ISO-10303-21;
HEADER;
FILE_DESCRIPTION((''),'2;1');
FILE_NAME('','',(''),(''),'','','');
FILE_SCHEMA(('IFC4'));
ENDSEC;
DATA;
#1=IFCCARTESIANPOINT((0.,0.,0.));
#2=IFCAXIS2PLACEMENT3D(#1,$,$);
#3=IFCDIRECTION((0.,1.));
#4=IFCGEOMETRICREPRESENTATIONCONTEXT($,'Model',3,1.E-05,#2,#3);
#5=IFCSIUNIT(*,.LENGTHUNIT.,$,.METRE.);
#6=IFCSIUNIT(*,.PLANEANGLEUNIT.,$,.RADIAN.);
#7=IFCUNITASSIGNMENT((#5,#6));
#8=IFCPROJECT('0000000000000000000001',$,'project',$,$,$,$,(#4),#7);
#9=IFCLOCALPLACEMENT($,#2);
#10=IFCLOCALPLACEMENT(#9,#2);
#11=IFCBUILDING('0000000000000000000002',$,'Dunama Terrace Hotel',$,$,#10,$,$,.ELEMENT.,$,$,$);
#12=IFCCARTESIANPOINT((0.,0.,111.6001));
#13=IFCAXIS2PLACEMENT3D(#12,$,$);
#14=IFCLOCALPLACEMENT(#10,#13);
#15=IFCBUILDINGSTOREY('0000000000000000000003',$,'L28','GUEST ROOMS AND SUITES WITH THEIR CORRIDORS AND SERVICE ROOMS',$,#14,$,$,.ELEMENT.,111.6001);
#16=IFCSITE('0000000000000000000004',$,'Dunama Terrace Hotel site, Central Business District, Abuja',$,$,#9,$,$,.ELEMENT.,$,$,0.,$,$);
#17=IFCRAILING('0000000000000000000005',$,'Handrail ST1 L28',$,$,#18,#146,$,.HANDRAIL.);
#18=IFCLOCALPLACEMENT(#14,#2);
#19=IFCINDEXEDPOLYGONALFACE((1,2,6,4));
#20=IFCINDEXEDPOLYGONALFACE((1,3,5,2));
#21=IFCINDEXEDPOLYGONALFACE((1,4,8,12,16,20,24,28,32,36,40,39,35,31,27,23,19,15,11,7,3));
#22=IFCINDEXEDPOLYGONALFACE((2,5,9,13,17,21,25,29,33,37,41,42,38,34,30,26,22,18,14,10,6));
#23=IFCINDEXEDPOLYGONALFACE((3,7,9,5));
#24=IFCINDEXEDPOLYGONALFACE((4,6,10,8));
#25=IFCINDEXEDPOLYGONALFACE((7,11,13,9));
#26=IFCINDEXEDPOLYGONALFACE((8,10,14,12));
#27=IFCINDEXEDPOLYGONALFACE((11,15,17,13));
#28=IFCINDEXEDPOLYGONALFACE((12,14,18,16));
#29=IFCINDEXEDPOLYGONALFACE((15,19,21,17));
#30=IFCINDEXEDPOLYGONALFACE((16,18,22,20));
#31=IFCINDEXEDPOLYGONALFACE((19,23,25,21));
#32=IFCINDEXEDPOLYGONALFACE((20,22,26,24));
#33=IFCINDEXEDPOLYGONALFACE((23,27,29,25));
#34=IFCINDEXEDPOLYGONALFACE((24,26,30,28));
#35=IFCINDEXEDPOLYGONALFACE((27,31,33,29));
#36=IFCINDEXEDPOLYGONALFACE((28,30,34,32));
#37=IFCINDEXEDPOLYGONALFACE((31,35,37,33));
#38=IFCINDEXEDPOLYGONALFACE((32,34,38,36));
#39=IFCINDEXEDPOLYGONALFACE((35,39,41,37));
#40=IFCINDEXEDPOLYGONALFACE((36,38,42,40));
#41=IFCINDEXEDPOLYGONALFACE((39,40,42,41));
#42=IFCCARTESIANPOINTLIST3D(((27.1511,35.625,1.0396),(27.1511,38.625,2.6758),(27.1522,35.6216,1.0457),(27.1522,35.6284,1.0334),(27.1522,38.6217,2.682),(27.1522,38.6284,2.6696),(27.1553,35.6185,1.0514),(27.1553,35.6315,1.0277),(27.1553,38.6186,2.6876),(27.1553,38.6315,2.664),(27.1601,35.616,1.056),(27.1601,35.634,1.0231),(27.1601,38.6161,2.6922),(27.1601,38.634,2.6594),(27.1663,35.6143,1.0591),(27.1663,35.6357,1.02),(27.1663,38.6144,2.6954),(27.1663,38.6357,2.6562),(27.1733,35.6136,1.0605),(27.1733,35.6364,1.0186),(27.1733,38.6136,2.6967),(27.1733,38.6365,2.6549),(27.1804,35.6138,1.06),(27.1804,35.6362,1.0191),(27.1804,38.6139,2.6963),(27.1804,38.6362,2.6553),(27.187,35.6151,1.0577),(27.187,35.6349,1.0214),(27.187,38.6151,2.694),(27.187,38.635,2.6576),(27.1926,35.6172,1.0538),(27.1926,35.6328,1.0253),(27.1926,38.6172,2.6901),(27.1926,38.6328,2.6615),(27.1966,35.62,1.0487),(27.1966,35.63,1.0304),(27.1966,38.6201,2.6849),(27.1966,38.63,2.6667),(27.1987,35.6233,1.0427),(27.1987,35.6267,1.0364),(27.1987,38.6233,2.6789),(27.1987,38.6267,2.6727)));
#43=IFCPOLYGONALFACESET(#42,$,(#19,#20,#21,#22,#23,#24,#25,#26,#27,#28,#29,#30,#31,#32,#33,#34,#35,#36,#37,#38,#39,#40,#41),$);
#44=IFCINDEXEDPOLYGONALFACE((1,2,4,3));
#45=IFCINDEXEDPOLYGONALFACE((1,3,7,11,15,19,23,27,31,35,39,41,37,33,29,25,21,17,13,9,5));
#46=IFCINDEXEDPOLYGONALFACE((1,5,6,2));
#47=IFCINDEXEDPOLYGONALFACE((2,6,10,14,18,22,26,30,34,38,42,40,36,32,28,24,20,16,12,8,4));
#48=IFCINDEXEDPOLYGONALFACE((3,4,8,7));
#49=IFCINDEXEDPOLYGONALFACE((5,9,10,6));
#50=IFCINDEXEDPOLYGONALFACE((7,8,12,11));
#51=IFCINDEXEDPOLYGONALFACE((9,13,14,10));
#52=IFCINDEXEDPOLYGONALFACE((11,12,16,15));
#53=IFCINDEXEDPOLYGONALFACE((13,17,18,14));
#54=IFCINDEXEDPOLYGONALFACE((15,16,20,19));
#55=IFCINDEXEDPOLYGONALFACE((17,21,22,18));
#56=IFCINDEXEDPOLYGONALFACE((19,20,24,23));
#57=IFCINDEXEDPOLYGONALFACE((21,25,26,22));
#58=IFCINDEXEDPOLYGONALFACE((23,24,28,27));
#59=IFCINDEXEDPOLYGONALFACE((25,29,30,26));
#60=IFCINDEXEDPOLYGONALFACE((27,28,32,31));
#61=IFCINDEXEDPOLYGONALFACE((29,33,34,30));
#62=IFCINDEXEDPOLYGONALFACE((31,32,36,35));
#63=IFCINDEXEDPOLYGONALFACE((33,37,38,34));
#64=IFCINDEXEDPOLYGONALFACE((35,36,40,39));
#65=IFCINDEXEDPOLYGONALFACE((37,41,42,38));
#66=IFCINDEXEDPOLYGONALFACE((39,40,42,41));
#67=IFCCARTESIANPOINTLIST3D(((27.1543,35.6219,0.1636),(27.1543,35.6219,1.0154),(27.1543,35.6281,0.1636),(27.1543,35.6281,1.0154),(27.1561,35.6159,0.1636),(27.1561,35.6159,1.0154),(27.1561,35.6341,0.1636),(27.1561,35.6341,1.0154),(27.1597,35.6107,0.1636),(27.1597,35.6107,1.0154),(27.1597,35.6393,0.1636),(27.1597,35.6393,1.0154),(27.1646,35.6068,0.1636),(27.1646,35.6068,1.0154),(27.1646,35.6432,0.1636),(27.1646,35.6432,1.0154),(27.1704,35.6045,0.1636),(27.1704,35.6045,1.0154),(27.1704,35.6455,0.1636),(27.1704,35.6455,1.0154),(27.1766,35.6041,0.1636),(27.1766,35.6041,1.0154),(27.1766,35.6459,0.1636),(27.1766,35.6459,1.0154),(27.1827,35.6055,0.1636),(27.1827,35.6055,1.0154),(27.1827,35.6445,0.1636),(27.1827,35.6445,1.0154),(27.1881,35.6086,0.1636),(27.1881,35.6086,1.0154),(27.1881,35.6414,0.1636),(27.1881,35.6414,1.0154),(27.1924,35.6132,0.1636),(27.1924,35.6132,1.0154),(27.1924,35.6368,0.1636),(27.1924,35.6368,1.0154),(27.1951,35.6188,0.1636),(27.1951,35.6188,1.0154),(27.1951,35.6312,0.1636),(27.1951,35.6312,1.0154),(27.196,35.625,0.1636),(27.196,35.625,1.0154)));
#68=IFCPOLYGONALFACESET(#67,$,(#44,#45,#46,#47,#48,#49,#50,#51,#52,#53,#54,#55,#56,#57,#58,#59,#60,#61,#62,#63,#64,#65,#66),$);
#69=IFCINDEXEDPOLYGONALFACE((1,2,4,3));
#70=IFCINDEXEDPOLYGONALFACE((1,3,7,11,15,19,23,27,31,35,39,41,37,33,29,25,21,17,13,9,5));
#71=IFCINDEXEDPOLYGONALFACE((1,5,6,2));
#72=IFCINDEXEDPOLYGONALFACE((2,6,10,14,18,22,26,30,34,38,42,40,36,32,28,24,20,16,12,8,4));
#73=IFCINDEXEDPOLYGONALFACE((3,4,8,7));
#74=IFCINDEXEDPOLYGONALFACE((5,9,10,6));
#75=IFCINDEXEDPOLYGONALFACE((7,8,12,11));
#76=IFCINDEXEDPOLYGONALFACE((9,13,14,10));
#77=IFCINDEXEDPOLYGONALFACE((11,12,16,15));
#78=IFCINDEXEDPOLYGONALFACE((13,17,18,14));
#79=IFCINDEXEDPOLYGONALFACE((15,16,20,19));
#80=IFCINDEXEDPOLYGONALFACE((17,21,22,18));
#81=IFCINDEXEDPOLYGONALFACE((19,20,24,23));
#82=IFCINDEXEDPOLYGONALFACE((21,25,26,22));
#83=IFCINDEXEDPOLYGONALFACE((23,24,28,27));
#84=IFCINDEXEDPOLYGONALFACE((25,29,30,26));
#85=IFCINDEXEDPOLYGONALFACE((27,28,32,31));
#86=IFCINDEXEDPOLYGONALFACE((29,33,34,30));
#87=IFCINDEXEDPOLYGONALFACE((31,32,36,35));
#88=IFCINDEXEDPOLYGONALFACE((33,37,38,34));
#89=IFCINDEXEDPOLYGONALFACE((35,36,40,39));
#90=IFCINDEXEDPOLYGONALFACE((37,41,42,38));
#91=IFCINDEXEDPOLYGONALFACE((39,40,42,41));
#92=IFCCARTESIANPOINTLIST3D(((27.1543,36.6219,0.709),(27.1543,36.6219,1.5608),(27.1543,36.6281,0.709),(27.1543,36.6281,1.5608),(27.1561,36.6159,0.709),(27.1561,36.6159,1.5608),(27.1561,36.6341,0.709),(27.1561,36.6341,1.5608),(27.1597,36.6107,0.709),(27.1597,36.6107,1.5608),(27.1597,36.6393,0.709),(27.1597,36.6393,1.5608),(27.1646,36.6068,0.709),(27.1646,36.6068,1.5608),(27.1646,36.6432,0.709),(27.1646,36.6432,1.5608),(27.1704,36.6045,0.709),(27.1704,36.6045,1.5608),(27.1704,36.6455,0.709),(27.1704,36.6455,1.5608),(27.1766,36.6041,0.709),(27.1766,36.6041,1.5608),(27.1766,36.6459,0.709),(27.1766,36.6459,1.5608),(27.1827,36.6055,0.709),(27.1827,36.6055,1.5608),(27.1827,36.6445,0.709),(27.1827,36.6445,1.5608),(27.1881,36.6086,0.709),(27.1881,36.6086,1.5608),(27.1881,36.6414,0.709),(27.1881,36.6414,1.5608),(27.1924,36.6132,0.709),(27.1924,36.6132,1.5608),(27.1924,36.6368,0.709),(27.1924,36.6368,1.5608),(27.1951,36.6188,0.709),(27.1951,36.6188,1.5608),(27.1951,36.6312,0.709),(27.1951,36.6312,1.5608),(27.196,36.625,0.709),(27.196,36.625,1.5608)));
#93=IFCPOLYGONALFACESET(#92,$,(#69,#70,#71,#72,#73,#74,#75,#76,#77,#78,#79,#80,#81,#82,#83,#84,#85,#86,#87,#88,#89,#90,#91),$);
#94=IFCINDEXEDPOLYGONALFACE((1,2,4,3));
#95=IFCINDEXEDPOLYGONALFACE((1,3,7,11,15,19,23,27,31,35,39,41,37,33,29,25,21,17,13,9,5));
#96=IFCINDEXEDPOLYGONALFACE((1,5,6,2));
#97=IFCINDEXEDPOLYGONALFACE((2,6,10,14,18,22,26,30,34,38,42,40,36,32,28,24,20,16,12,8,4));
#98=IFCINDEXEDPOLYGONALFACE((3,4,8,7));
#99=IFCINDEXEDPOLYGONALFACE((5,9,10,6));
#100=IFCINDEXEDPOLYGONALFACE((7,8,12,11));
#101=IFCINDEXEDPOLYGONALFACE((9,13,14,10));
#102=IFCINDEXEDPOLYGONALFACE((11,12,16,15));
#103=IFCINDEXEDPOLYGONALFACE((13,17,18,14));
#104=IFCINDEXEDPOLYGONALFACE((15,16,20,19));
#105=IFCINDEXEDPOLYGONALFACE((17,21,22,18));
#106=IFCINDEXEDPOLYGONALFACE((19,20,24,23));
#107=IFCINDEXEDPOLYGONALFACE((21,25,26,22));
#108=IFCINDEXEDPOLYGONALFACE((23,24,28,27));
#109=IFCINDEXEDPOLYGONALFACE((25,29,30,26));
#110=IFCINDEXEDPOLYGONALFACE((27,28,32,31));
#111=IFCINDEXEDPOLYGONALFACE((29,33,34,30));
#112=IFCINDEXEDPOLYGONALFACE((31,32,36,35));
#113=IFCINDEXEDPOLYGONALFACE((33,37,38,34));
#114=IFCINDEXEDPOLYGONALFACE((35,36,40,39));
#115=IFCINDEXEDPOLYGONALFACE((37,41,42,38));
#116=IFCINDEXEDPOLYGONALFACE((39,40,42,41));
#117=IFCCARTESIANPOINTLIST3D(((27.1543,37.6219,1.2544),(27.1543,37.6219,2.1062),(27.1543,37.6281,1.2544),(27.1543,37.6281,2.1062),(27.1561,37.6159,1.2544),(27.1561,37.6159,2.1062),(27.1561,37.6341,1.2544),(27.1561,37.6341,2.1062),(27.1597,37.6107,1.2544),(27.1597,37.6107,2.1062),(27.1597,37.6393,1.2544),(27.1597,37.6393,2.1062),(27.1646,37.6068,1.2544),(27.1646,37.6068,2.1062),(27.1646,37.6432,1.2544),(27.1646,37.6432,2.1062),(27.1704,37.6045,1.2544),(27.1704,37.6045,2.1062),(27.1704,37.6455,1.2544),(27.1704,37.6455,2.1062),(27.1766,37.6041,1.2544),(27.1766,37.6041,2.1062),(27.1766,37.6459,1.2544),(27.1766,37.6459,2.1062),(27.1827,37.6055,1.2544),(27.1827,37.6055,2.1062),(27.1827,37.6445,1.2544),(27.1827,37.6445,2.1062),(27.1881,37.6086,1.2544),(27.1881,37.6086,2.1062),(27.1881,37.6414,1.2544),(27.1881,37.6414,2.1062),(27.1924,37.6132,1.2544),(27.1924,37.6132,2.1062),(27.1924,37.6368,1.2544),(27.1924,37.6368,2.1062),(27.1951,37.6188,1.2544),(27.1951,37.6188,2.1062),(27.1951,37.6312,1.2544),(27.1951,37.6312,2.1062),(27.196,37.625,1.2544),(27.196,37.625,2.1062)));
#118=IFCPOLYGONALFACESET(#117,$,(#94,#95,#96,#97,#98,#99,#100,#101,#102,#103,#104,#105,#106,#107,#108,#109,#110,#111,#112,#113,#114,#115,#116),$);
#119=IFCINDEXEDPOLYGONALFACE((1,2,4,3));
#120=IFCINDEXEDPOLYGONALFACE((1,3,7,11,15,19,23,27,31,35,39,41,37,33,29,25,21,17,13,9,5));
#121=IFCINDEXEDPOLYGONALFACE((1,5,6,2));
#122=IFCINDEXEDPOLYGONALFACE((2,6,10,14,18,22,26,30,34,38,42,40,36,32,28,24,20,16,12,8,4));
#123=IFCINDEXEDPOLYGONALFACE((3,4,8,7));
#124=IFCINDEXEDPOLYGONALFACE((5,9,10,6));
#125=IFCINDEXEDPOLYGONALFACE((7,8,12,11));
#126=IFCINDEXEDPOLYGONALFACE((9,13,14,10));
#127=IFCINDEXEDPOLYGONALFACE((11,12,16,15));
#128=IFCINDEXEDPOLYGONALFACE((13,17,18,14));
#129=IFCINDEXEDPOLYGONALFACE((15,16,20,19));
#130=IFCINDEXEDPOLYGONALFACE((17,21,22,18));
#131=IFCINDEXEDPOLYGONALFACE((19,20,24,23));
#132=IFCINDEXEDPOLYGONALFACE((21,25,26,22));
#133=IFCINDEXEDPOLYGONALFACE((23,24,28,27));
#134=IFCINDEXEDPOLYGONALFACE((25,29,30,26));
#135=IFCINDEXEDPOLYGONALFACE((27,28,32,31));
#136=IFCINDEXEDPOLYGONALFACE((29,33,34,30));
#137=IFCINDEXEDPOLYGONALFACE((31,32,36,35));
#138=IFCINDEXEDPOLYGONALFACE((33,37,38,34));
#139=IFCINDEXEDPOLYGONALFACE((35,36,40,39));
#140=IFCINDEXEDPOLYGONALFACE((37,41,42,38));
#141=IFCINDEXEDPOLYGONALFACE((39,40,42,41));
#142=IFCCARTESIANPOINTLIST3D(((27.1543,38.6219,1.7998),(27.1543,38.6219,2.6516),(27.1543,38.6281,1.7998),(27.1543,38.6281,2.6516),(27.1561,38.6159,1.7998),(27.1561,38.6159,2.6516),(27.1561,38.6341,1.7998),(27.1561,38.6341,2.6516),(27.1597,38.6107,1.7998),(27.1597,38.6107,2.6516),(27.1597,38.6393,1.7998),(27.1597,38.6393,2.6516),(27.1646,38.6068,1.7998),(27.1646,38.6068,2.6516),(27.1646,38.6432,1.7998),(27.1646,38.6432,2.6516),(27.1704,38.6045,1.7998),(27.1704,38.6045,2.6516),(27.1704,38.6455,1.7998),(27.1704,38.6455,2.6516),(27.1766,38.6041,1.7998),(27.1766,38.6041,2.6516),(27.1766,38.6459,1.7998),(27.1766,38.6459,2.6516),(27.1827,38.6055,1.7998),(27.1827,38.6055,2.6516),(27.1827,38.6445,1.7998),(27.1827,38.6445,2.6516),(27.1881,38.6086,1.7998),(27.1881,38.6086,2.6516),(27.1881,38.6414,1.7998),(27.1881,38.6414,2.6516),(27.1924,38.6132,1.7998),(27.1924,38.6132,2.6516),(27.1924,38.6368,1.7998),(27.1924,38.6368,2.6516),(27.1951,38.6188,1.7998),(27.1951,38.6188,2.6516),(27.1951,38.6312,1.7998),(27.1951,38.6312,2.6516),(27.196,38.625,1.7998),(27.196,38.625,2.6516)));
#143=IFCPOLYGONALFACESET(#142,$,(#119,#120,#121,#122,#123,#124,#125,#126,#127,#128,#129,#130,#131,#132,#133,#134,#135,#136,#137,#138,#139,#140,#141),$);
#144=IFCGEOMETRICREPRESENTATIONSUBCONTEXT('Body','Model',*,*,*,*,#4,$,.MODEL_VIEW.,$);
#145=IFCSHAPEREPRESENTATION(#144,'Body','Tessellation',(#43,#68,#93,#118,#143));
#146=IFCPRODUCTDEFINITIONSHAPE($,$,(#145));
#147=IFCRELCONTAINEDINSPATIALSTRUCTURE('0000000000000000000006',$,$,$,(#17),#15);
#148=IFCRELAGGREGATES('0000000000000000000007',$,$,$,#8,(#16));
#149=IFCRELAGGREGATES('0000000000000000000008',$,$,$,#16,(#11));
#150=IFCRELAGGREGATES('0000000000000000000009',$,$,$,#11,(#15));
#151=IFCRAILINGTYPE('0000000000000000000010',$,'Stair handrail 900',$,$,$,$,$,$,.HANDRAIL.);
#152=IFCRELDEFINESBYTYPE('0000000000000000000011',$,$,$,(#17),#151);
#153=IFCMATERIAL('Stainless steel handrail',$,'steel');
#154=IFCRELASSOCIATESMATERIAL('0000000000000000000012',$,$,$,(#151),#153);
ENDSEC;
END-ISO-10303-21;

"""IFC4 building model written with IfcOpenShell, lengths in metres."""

from ifc_helpers import new_model, si_unit, direction, frame, origin, origin_2d, place, context, subcontext, project, spatial, circle, extrude, material, type_object, element, save


model = new_model("IFC4")

# Units and contexts
model_context = context("Model", 3, precision=1e-05, world=origin(), true_north=direction((0.0, 1.0)))
body_context = subcontext(model_context, "Body", "Model", "MODEL_VIEW")
ifc_project = project(units=[si_unit("LENGTHUNIT", "METRE"), si_unit("PLANEANGLEUNIT", "RADIAN")], contexts=[model_context])

# Site, building, storey
site_placement = place(None, origin())
site = spatial("IfcSite", under=ifc_project, at=site_placement, Name="Dunama Terrace Hotel site, Central Business District, Abuja", CompositionType="ELEMENT", RefElevation=0.0)
building_placement = place(site_placement, origin())
building = spatial("IfcBuilding", under=site, at=building_placement, Name="Dunama Terrace Hotel", CompositionType="ELEMENT")
storey_placement = place(building_placement, frame((0.0, 0.0, 111.6001)))
storey = spatial("IfcBuildingStorey", under=building, at=storey_placement, Name="L28", Description="GUEST ROOMS AND SUITES WITH THEIR CORRIDORS AND SERVICE ROOMS", CompositionType="ELEMENT", Elevation=111.6001)

# Railing
ifc_material_1 = material(Name="Stainless steel handrail", Category="steel")
railing_type = type_object("IfcRailingType", Name="Stair handrail 900", PredefinedType="HANDRAIL", material=ifc_material_1)
railing_1_placement = place(storey_placement, frame((27.175, 35.625, 0.1636)))
element("IfcRailing", 1, at=railing_1_placement, inside=storey, type_object=railing_type, Name="Handrail ST1 L28", PredefinedType="HANDRAIL", context=body_context, shape_type="SweptSolid", body=[
    extrude(circle(Radius=0.0239, at=origin_2d()), frame((0.0, 0.0, 0.876), z_axis=(0.0, 0.877912, 0.478822), x_axis=(-1.0, 0.0, 0.0)), (0.0, 0.0, 1.0), 3.4172),
    extrude(circle(Radius=0.021, at=origin_2d()), origin(), (0.0, 0.0, 1.0), 0.8518),
    extrude(circle(Radius=0.021, at=origin_2d()), frame((0.0, 1.0, 0.5454)), (0.0, 0.0, 1.0), 0.8518),
    extrude(circle(Radius=0.021, at=origin_2d()), frame((0.0, 2.0, 1.0908)), (0.0, 0.0, 1.0), 0.8518),
    extrude(circle(Radius=0.021, at=origin_2d()), frame((0.0, 3.0, 1.6362)), (0.0, 0.0, 1.0), 0.8518),
])

save(model, "model.ifc")
